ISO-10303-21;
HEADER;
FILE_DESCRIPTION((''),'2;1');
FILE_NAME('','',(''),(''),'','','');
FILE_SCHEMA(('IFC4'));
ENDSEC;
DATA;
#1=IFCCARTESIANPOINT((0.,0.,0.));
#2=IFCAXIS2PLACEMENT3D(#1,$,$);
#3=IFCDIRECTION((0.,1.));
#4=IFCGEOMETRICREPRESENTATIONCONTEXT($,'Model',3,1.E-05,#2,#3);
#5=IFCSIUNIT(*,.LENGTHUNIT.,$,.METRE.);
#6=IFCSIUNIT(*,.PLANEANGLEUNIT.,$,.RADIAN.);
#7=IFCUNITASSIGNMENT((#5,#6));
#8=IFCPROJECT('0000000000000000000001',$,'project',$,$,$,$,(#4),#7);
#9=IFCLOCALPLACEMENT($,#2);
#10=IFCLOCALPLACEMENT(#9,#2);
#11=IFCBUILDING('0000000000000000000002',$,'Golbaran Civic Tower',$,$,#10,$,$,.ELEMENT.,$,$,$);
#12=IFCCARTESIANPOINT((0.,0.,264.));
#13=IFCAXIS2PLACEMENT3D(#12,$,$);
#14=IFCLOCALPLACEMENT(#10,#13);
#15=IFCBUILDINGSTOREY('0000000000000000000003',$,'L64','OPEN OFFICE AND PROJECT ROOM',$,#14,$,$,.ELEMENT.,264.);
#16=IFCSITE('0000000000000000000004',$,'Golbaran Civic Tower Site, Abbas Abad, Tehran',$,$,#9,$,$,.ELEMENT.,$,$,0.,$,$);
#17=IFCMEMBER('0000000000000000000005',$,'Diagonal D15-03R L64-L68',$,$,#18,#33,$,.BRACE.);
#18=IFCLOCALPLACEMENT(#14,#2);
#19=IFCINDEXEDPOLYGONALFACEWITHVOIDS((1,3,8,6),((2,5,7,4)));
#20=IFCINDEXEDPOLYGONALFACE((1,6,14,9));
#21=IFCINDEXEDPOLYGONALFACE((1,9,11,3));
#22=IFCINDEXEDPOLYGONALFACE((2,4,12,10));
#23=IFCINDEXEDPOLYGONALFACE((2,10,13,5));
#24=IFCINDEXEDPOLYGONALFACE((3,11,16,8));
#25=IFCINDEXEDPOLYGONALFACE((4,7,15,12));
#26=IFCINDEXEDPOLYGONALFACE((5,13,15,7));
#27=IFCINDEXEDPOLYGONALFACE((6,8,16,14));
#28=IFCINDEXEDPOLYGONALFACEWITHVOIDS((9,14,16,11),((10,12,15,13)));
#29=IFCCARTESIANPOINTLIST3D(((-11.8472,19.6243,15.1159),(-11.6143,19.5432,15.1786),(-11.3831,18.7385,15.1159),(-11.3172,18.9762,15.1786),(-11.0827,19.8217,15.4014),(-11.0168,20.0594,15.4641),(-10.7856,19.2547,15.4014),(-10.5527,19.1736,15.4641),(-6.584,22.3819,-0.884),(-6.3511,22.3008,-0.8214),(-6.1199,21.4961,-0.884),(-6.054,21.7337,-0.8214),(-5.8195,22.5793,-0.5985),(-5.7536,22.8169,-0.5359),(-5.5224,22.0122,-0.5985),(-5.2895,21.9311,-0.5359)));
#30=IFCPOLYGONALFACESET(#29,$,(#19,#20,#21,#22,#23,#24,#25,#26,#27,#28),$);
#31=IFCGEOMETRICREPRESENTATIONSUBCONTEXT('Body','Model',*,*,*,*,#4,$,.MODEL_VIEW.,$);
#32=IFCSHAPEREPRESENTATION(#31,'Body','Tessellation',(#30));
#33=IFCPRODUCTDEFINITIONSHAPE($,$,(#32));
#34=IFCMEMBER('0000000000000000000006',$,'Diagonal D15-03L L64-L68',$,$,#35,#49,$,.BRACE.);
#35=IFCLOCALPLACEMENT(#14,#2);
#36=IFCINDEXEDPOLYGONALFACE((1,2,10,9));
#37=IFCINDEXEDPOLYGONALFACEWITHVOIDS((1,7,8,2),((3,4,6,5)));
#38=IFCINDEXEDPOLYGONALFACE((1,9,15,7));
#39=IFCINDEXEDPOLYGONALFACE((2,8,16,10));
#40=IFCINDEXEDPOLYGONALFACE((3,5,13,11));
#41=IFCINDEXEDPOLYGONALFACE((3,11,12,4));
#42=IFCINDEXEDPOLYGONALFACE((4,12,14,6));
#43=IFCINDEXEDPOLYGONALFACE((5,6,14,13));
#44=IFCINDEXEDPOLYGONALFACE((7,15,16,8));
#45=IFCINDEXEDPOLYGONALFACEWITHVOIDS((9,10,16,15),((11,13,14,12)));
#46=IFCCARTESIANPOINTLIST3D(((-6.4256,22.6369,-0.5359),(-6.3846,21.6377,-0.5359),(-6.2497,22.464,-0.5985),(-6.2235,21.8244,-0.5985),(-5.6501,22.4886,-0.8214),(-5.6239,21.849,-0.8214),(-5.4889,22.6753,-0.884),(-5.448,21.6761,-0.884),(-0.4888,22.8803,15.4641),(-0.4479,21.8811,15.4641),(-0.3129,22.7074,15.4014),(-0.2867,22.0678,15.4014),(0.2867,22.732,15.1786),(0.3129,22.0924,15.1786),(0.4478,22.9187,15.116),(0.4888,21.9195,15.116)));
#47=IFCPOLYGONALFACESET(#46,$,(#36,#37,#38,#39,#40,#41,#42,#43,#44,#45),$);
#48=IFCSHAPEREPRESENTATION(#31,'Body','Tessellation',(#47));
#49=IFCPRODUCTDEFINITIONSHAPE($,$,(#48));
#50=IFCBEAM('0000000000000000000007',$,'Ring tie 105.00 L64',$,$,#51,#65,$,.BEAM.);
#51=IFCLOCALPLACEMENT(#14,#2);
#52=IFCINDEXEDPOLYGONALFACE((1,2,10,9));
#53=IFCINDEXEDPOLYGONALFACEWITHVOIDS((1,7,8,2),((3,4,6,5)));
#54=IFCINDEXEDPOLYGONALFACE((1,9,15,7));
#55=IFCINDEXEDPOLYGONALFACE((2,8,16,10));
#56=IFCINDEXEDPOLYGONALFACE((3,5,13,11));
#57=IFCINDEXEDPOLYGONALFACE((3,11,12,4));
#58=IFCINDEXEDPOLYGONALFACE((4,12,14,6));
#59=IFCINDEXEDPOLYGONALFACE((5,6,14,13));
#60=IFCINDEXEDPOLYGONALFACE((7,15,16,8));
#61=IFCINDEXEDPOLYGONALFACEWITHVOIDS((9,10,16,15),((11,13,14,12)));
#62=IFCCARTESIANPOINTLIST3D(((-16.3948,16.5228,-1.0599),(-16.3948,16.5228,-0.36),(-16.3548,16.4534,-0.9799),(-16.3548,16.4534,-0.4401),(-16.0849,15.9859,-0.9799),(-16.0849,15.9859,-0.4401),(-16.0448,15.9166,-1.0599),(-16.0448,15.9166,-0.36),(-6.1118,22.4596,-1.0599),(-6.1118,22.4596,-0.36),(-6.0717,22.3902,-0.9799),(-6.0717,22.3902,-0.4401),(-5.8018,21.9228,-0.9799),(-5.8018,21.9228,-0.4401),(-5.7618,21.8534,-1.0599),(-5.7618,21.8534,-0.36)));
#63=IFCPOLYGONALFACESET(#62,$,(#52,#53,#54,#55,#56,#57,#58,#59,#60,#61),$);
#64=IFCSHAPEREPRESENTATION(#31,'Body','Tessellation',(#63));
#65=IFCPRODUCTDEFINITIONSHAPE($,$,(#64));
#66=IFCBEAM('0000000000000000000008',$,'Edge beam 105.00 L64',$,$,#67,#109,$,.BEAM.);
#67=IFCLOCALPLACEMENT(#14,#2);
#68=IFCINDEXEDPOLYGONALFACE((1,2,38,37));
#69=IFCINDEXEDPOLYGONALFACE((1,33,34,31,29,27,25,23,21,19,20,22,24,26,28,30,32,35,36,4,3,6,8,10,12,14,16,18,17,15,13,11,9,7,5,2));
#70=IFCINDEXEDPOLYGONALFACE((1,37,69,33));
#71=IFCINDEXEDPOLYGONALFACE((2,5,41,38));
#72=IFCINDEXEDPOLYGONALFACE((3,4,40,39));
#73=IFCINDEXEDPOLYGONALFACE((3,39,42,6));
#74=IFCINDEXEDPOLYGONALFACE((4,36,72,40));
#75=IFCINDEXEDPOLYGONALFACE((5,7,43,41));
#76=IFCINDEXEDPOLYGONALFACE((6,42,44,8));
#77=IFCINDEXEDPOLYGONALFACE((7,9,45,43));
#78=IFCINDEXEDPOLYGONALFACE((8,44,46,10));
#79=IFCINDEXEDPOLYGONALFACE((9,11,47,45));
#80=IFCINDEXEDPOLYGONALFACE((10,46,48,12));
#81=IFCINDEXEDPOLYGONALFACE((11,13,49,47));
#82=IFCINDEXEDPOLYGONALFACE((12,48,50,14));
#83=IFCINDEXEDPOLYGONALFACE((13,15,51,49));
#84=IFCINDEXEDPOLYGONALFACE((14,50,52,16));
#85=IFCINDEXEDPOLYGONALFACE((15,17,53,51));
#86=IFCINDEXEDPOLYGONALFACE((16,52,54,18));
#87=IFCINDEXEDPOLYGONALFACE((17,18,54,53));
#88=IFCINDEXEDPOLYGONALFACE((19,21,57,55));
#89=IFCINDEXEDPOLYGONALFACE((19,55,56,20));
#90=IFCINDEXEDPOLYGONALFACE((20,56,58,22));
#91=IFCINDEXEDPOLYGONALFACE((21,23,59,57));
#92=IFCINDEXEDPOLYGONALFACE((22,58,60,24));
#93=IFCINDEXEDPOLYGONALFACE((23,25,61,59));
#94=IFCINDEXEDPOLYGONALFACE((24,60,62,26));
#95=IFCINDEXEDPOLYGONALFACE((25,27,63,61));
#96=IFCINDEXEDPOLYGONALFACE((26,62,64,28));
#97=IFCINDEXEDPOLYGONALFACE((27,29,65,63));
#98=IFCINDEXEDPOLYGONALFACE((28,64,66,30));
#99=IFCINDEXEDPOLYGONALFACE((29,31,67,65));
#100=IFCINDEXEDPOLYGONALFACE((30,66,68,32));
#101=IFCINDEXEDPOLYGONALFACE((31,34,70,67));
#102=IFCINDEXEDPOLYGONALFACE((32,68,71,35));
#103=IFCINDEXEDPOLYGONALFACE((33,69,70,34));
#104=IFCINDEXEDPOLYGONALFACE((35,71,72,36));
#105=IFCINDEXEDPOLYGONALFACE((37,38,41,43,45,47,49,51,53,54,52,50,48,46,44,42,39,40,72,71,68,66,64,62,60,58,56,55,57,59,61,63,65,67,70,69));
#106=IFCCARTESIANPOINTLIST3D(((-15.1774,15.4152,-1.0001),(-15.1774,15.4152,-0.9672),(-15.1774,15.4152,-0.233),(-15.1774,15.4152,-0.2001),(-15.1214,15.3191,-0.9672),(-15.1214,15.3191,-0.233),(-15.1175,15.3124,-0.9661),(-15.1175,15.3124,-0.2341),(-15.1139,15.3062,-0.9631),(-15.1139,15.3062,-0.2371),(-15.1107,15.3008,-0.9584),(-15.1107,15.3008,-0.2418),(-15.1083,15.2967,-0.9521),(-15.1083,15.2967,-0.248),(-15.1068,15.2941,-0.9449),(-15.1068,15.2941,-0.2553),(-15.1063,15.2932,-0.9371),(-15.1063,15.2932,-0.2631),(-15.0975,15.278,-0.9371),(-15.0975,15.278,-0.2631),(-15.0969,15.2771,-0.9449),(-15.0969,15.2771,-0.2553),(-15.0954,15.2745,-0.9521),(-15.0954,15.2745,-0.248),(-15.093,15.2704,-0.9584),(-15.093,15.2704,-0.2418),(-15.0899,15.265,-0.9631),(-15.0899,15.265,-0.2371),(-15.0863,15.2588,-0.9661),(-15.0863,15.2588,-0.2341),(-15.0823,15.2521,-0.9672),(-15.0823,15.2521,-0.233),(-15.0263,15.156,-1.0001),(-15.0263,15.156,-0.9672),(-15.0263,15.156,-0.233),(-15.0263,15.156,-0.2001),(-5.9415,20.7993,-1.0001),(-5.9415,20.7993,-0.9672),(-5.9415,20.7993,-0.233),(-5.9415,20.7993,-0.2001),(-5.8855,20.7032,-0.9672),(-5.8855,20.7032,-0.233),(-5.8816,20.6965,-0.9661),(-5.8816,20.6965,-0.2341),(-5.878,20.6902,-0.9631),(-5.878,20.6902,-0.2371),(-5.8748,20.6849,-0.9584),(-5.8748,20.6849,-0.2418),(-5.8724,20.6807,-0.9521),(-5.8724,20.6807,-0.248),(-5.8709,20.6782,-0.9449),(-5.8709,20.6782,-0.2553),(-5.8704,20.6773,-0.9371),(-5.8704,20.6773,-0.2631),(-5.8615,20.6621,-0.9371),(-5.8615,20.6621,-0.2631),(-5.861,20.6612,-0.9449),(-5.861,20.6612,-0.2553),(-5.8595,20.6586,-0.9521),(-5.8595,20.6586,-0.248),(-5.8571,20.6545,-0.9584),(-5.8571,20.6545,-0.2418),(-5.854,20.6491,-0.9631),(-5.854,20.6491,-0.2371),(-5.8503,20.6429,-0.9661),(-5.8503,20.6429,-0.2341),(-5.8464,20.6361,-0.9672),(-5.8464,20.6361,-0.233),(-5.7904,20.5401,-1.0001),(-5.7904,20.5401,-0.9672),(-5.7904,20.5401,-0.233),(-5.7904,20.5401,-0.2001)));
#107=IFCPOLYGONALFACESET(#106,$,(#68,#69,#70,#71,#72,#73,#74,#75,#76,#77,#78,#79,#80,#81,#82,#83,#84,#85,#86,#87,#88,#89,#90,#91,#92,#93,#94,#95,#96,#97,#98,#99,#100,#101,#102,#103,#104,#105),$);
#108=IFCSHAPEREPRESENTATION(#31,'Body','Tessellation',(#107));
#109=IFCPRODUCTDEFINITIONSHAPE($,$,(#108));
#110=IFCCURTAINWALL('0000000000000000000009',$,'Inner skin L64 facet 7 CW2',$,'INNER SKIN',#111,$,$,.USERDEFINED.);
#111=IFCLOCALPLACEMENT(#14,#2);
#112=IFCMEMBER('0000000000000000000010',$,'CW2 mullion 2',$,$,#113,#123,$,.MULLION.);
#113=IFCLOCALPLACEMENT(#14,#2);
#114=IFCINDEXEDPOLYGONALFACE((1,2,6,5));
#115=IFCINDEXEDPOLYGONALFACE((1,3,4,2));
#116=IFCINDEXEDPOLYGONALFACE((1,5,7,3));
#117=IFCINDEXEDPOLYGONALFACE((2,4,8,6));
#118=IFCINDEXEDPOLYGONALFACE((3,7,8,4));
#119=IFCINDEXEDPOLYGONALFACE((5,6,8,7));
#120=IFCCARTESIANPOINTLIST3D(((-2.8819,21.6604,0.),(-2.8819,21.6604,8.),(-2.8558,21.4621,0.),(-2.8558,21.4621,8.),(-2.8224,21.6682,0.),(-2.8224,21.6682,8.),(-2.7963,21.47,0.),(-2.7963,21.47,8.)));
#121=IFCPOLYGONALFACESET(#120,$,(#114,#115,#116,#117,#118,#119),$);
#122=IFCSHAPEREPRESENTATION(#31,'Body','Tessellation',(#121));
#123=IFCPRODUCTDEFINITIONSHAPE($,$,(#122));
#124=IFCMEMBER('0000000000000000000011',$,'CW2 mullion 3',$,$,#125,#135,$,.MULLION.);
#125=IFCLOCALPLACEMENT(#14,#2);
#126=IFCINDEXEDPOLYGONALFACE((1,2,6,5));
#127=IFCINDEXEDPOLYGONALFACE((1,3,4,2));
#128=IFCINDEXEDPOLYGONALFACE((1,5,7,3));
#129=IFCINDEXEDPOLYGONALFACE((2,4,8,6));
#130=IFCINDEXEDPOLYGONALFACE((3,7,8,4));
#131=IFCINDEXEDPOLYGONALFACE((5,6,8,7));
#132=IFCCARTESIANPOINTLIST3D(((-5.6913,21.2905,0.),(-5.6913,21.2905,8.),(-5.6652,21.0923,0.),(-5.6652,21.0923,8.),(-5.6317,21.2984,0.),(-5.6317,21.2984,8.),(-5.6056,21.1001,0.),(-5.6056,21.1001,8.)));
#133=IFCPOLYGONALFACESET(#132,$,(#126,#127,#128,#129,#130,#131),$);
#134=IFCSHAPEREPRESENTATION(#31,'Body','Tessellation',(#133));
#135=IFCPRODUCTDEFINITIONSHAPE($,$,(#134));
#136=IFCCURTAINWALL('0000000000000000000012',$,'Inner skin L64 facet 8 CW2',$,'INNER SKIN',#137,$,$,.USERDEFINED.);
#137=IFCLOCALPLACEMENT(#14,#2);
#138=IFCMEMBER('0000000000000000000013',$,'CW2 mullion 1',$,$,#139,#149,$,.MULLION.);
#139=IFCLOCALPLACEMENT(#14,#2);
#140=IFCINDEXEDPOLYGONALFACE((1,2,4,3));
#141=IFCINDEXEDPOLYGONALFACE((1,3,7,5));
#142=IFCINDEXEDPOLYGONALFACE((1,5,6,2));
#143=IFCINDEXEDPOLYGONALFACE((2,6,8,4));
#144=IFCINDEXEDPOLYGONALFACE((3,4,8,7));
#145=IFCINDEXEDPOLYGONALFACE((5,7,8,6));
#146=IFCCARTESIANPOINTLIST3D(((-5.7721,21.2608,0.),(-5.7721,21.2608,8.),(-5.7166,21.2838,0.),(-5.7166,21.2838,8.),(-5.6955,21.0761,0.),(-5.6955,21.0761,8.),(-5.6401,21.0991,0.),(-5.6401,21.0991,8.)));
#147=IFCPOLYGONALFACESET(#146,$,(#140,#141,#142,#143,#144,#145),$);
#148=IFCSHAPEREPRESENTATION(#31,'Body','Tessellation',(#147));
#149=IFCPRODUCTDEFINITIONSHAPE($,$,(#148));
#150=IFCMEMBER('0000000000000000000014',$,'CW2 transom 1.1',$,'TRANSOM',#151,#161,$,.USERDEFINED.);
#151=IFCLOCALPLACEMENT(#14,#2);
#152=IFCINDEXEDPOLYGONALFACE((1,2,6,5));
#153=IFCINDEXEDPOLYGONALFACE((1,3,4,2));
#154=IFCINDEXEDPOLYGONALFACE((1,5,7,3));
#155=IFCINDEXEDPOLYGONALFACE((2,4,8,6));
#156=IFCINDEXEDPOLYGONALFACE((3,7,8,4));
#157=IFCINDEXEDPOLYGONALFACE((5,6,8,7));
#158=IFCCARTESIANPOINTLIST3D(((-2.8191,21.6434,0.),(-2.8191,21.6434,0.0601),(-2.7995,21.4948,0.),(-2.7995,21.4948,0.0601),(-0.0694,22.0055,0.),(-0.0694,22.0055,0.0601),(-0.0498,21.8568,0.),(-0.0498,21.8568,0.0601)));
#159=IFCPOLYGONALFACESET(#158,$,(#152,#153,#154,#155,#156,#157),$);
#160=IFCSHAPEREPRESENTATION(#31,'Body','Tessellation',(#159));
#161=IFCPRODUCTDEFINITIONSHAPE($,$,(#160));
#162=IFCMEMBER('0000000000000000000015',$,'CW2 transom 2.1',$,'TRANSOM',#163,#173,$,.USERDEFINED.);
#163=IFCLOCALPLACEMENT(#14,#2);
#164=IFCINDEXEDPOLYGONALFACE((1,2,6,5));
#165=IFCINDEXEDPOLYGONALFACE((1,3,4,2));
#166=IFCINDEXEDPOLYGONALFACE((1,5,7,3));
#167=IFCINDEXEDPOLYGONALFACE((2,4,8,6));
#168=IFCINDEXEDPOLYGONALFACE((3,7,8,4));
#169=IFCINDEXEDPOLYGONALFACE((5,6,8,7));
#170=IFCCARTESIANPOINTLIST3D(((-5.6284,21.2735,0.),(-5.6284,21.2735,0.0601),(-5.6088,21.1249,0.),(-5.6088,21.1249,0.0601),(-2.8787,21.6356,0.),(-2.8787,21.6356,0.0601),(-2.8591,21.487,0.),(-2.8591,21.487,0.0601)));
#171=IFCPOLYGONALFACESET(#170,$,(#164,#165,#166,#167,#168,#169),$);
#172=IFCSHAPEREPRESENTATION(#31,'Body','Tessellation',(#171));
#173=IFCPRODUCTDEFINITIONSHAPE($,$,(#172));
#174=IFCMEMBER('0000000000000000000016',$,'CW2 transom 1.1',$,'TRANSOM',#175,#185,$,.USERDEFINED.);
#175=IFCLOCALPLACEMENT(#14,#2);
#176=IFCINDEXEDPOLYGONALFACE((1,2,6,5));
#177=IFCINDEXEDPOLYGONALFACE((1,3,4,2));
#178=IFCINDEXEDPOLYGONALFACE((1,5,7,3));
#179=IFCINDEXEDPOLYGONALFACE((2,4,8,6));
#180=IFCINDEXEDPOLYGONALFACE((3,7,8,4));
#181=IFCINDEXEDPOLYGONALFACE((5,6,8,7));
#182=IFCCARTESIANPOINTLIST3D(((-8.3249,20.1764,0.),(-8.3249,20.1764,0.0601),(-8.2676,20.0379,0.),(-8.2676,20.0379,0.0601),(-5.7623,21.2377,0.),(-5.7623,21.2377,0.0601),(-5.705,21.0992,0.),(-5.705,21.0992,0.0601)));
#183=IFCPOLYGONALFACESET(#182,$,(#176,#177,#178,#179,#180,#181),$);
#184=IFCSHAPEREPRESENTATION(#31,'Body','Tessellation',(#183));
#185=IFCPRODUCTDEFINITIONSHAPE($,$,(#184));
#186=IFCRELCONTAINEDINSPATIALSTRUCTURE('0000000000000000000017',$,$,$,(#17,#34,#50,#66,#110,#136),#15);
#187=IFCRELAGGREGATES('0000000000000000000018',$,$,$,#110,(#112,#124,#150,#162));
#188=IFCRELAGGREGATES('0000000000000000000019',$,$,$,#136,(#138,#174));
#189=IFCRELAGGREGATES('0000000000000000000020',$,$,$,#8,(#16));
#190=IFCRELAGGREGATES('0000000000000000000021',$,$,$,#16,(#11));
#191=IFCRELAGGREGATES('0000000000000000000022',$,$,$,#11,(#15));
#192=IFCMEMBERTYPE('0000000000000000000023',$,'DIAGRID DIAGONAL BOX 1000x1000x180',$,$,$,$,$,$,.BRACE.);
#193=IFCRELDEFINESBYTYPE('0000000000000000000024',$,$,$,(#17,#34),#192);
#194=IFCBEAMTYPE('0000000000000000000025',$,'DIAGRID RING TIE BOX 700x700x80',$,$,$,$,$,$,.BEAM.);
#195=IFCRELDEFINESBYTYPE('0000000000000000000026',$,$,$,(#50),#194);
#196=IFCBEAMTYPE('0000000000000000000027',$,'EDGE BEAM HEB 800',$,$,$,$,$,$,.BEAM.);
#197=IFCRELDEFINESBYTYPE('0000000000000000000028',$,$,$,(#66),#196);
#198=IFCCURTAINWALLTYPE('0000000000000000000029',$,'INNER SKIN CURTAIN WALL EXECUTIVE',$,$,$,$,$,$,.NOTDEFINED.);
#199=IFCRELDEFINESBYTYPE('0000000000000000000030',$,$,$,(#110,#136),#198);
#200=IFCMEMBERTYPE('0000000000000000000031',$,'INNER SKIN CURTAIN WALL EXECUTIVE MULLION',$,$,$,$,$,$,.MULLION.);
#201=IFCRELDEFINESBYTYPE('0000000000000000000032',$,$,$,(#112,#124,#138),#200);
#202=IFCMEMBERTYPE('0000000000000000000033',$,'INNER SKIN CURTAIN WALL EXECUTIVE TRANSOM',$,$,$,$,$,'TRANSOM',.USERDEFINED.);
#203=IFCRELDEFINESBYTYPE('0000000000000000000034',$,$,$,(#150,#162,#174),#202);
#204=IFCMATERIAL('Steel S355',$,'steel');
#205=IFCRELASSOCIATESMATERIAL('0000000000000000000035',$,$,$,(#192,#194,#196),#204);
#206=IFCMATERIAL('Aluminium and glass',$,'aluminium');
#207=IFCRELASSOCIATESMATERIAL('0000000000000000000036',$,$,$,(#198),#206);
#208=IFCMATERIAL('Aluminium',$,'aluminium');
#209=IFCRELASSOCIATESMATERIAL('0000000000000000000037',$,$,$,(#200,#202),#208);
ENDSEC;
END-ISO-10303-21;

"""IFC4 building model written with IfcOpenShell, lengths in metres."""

from ifc_helpers import new_model, si_unit, direction, frame, origin, origin_2d, place, context, subcontext, project, spatial, rectangle, hollow_rectangle, i_section, extrude, material, material_profile, profile_set, type_object, element, aggregate, save


model = new_model("IFC4")

# Units and contexts
model_context = context("Model", 3, precision=1e-05, world=origin(), true_north=direction((0.0, 1.0)))
body_context = subcontext(model_context, "Body", "Model", "MODEL_VIEW")
ifc_project = project(units=[si_unit("LENGTHUNIT", "METRE"), si_unit("PLANEANGLEUNIT", "RADIAN")], contexts=[model_context])

# Site, building, storey
site_placement = place(None, origin())
site = spatial("IfcSite", under=ifc_project, at=site_placement, Name="Golbaran Civic Tower Site, Abbas Abad, Tehran", CompositionType="ELEMENT", RefElevation=0.0)
building_placement = place(site_placement, origin())
building = spatial("IfcBuilding", under=site, at=building_placement, Name="Golbaran Civic Tower", CompositionType="ELEMENT")
storey_placement = place(building_placement, frame((0.0, 0.0, 264.0)))
storey = spatial("IfcBuildingStorey", under=building, at=storey_placement, Name="L64", Description="OPEN OFFICE AND PROJECT ROOM", CompositionType="ELEMENT", Elevation=264.0)

# Members
ifc_material_1 = material(Name="Steel S355", Category="steel")
ifc_material_profile_1 = material_profile(ifc_material_1, hollow_rectangle(XDim=1.0, YDim=1.0, WallThickness=0.1799, at=origin_2d()), Name="BOX 1000x1000x180")
ifc_profile_set_1 = profile_set([ifc_material_profile_1], Name="Steel S355")
member_type_1 = type_object("IfcMemberType", Name="DIAGRID DIAGONAL BOX 1000x1000x180", PredefinedType="BRACE", material=ifc_profile_set_1)
for number, where, z_axis, x_axis, name in (
    (1, (-5.9368, 22.1565, -0.71), (-0.308372, -0.161567, 0.937445), (0.464095, -0.885786, 0.0), "Diagonal D15-03R L64-L68"),
    (2, (-5.9368, 22.1565, -0.71), (0.347838, 0.014261, 0.937446), (-0.040966, 0.999161, 0.0), "Diagonal D15-03L L64-L68"),
):
    element("IfcMember", number, at=place(storey_placement, frame(where, z_axis=z_axis, x_axis=x_axis)), inside=storey, type_object=member_type_1, Name=name, PredefinedType="BRACE", context=body_context, shape_type="SweptSolid", body=[
        extrude(hollow_rectangle(XDim=1.0, YDim=1.0, WallThickness=0.1799, at=origin_2d()), origin(), (0.0, 0.0, 1.0), 17.0676),
    ])

# Beams
ifc_material_profile_2 = material_profile(ifc_material_1, hollow_rectangle(XDim=0.7, YDim=0.7, WallThickness=0.0801, at=origin_2d()), Name="BOX 700x700x80")
ifc_profile_set_2 = profile_set([ifc_material_profile_2], Name="Steel S355")
beam_type_1 = type_object("IfcBeamType", Name="DIAGRID RING TIE BOX 700x700x80", PredefinedType="BEAM", material=ifc_profile_set_2)
beam_1_placement = place(storey_placement, frame((-5.9368, 22.1565, -0.71), z_axis=(-0.866029, -0.499994, 0.0), x_axis=(0.499994, -0.866029, 0.0)))
element("IfcBeam", 3, at=beam_1_placement, inside=storey, type_object=beam_type_1, Name="Ring tie 105.00 L64", PredefinedType="BEAM", context=body_context, shape_type="SweptSolid", body=[
    extrude(hollow_rectangle(XDim=0.7, YDim=0.7, WallThickness=0.0801, at=origin_2d()), origin(), (0.0, 0.0, 1.0), 11.8738),
])
ifc_material_profile_3 = material_profile(ifc_material_1, i_section(OverallWidth=0.3, OverallDepth=0.8, WebThickness=0.0176, FlangeThickness=0.033, FilletRadius=0.03, at=origin_2d()), Name="HEB 800")
ifc_profile_set_3 = profile_set([ifc_material_profile_3], Name="Steel S355")
beam_type_2 = type_object("IfcBeamType", Name="EDGE BEAM HEB 800", PredefinedType="BEAM", material=ifc_profile_set_3)
beam_2_placement = place(storey_placement, frame((-5.866, 20.6697, -0.6001), z_axis=(-0.863923, -0.503624, 0.0), x_axis=(0.503624, -0.863923, 0.0)))
element("IfcBeam", 4, at=beam_2_placement, inside=storey, type_object=beam_type_2, Name="Edge beam 105.00 L64", PredefinedType="BEAM", context=body_context, shape_type="SweptSolid", body=[
    extrude(i_section(OverallWidth=0.3, OverallDepth=0.8, WebThickness=0.0176, FlangeThickness=0.033, FilletRadius=0.03, at=origin_2d()), origin(), (0.0, 0.0, 1.0), 10.6907),
])

# Curtain wall, members
ifc_material_2 = material(Name="Aluminium and glass", Category="aluminium")
curtain_wall_type_1 = type_object("IfcCurtainWallType", Name="INNER SKIN CURTAIN WALL EXECUTIVE", PredefinedType="NOTDEFINED", material=ifc_material_2)
curtain_wall_1_placement = place(storey_placement, origin())
curtain_wall_1 = element("IfcCurtainWall", 5, at=curtain_wall_1_placement, inside=storey, type_object=curtain_wall_type_1, Name="Inner skin L64 facet 7 CW2", ObjectType="INNER SKIN", PredefinedType="USERDEFINED")
ifc_material_3 = material(Name="Aluminium", Category="aluminium")
ifc_material_profile_4 = material_profile(ifc_material_3, rectangle(XDim=0.2, YDim=0.0601, at=origin_2d()), Name="INNER SKIN CURTAIN WALL EXECUTIVE MULLION")
ifc_profile_set_4 = profile_set([ifc_material_profile_4], Name="Aluminium")
member_type_2 = type_object("IfcMemberType", Name="INNER SKIN CURTAIN WALL EXECUTIVE MULLION", PredefinedType="MULLION", material=ifc_profile_set_4)
member_1_placement = place(storey_placement, frame((-2.8391, 21.5652, 0.0), z_axis=(0.0, 0.0, 1.0), x_axis=(0.130526, -0.991445, 0.0)))
member_1 = element("IfcMember", 6, at=member_1_placement, type_object=member_type_2, Name="CW2 mullion 2", PredefinedType="MULLION", context=body_context, shape_type="SweptSolid", body=[
    extrude(rectangle(XDim=0.2, YDim=0.0601, at=origin_2d()), origin(), (0.0, 0.0, 1.0), 8.0),
])
member_2_placement = place(storey_placement, frame((-5.6484, 21.1953, 0.0), z_axis=(0.0, 0.0, 1.0), x_axis=(0.130526, -0.991445, 0.0)))
member_2 = element("IfcMember", 7, at=member_2_placement, type_object=member_type_2, Name="CW2 mullion 3", PredefinedType="MULLION", context=body_context, shape_type="SweptSolid", body=[
    extrude(rectangle(XDim=0.2, YDim=0.0601, at=origin_2d()), origin(), (0.0, 0.0, 1.0), 8.0),
])

# Curtain wall, member
curtain_wall_2_placement = place(storey_placement, origin())
curtain_wall_2 = element("IfcCurtainWall", 8, at=curtain_wall_2_placement, inside=storey, type_object=curtain_wall_type_1, Name="Inner skin L64 facet 8 CW2", ObjectType="INNER SKIN", PredefinedType="USERDEFINED")
member_3_placement = place(storey_placement, frame((-5.7061, 21.1799, 0.0), z_axis=(0.0, 0.0, 1.0), x_axis=(0.382683, -0.92388, 0.0)))
member_3 = element("IfcMember", 9, at=member_3_placement, type_object=member_type_2, Name="CW2 mullion 1", PredefinedType="MULLION", context=body_context, shape_type="SweptSolid", body=[
    extrude(rectangle(XDim=0.2, YDim=0.0601, at=origin_2d()), origin(), (0.0, 0.0, 1.0), 8.0),
])

# Members
ifc_material_profile_5 = material_profile(ifc_material_3, rectangle(XDim=0.1499, YDim=0.0601, at=origin_2d()), Name="INNER SKIN CURTAIN WALL EXECUTIVE TRANSOM")
ifc_profile_set_5 = profile_set([ifc_material_profile_5], Name="Aluminium")
member_type_3 = type_object("IfcMemberType", Name="INNER SKIN CURTAIN WALL EXECUTIVE TRANSOM", ElementType="TRANSOM", PredefinedType="USERDEFINED", material=ifc_profile_set_5)
member_4_placement = place(storey_placement, frame((-0.0596, 21.9312, 0.03), z_axis=(-0.991443, -0.130543, 0.0), x_axis=(0.130543, -0.991443, 0.0)))
member_4 = element("IfcMember", 10, at=member_4_placement, type_object=member_type_3, Name="CW2 transom 1.1", ObjectType="TRANSOM", PredefinedType="USERDEFINED", context=body_context, shape_type="SweptSolid", body=[
    extrude(rectangle(XDim=0.1499, YDim=0.0601, at=origin_2d()), origin(), (0.0, 0.0, 1.0), 2.7734),
])
member_5_placement = place(storey_placement, frame((-2.8689, 21.5613, 0.03), z_axis=(-0.991443, -0.130543, 0.0), x_axis=(0.130543, -0.991443, 0.0)))
member_5 = element("IfcMember", 11, at=member_5_placement, type_object=member_type_3, Name="CW2 transom 2.1", ObjectType="TRANSOM", PredefinedType="USERDEFINED", context=body_context, shape_type="SweptSolid", body=[
    extrude(rectangle(XDim=0.1499, YDim=0.0601, at=origin_2d()), origin(), (0.0, 0.0, 1.0), 2.7734),
])
member_6_placement = place(storey_placement, frame((-5.7336, 21.1685, 0.03), z_axis=(-0.923898, -0.382639, 0.0), x_axis=(0.382639, -0.923898, 0.0)))
member_6 = element("IfcMember", 12, at=member_6_placement, type_object=member_type_3, Name="CW2 transom 1.1", ObjectType="TRANSOM", PredefinedType="USERDEFINED", context=body_context, shape_type="SweptSolid", body=[
    extrude(rectangle(XDim=0.1499, YDim=0.0601, at=origin_2d()), origin(), (0.0, 0.0, 1.0), 2.7737),
])

aggregate(curtain_wall_1, [member_1, member_2, member_4, member_5])
aggregate(curtain_wall_2, [member_3, member_6])

save(model, "model.ifc")
